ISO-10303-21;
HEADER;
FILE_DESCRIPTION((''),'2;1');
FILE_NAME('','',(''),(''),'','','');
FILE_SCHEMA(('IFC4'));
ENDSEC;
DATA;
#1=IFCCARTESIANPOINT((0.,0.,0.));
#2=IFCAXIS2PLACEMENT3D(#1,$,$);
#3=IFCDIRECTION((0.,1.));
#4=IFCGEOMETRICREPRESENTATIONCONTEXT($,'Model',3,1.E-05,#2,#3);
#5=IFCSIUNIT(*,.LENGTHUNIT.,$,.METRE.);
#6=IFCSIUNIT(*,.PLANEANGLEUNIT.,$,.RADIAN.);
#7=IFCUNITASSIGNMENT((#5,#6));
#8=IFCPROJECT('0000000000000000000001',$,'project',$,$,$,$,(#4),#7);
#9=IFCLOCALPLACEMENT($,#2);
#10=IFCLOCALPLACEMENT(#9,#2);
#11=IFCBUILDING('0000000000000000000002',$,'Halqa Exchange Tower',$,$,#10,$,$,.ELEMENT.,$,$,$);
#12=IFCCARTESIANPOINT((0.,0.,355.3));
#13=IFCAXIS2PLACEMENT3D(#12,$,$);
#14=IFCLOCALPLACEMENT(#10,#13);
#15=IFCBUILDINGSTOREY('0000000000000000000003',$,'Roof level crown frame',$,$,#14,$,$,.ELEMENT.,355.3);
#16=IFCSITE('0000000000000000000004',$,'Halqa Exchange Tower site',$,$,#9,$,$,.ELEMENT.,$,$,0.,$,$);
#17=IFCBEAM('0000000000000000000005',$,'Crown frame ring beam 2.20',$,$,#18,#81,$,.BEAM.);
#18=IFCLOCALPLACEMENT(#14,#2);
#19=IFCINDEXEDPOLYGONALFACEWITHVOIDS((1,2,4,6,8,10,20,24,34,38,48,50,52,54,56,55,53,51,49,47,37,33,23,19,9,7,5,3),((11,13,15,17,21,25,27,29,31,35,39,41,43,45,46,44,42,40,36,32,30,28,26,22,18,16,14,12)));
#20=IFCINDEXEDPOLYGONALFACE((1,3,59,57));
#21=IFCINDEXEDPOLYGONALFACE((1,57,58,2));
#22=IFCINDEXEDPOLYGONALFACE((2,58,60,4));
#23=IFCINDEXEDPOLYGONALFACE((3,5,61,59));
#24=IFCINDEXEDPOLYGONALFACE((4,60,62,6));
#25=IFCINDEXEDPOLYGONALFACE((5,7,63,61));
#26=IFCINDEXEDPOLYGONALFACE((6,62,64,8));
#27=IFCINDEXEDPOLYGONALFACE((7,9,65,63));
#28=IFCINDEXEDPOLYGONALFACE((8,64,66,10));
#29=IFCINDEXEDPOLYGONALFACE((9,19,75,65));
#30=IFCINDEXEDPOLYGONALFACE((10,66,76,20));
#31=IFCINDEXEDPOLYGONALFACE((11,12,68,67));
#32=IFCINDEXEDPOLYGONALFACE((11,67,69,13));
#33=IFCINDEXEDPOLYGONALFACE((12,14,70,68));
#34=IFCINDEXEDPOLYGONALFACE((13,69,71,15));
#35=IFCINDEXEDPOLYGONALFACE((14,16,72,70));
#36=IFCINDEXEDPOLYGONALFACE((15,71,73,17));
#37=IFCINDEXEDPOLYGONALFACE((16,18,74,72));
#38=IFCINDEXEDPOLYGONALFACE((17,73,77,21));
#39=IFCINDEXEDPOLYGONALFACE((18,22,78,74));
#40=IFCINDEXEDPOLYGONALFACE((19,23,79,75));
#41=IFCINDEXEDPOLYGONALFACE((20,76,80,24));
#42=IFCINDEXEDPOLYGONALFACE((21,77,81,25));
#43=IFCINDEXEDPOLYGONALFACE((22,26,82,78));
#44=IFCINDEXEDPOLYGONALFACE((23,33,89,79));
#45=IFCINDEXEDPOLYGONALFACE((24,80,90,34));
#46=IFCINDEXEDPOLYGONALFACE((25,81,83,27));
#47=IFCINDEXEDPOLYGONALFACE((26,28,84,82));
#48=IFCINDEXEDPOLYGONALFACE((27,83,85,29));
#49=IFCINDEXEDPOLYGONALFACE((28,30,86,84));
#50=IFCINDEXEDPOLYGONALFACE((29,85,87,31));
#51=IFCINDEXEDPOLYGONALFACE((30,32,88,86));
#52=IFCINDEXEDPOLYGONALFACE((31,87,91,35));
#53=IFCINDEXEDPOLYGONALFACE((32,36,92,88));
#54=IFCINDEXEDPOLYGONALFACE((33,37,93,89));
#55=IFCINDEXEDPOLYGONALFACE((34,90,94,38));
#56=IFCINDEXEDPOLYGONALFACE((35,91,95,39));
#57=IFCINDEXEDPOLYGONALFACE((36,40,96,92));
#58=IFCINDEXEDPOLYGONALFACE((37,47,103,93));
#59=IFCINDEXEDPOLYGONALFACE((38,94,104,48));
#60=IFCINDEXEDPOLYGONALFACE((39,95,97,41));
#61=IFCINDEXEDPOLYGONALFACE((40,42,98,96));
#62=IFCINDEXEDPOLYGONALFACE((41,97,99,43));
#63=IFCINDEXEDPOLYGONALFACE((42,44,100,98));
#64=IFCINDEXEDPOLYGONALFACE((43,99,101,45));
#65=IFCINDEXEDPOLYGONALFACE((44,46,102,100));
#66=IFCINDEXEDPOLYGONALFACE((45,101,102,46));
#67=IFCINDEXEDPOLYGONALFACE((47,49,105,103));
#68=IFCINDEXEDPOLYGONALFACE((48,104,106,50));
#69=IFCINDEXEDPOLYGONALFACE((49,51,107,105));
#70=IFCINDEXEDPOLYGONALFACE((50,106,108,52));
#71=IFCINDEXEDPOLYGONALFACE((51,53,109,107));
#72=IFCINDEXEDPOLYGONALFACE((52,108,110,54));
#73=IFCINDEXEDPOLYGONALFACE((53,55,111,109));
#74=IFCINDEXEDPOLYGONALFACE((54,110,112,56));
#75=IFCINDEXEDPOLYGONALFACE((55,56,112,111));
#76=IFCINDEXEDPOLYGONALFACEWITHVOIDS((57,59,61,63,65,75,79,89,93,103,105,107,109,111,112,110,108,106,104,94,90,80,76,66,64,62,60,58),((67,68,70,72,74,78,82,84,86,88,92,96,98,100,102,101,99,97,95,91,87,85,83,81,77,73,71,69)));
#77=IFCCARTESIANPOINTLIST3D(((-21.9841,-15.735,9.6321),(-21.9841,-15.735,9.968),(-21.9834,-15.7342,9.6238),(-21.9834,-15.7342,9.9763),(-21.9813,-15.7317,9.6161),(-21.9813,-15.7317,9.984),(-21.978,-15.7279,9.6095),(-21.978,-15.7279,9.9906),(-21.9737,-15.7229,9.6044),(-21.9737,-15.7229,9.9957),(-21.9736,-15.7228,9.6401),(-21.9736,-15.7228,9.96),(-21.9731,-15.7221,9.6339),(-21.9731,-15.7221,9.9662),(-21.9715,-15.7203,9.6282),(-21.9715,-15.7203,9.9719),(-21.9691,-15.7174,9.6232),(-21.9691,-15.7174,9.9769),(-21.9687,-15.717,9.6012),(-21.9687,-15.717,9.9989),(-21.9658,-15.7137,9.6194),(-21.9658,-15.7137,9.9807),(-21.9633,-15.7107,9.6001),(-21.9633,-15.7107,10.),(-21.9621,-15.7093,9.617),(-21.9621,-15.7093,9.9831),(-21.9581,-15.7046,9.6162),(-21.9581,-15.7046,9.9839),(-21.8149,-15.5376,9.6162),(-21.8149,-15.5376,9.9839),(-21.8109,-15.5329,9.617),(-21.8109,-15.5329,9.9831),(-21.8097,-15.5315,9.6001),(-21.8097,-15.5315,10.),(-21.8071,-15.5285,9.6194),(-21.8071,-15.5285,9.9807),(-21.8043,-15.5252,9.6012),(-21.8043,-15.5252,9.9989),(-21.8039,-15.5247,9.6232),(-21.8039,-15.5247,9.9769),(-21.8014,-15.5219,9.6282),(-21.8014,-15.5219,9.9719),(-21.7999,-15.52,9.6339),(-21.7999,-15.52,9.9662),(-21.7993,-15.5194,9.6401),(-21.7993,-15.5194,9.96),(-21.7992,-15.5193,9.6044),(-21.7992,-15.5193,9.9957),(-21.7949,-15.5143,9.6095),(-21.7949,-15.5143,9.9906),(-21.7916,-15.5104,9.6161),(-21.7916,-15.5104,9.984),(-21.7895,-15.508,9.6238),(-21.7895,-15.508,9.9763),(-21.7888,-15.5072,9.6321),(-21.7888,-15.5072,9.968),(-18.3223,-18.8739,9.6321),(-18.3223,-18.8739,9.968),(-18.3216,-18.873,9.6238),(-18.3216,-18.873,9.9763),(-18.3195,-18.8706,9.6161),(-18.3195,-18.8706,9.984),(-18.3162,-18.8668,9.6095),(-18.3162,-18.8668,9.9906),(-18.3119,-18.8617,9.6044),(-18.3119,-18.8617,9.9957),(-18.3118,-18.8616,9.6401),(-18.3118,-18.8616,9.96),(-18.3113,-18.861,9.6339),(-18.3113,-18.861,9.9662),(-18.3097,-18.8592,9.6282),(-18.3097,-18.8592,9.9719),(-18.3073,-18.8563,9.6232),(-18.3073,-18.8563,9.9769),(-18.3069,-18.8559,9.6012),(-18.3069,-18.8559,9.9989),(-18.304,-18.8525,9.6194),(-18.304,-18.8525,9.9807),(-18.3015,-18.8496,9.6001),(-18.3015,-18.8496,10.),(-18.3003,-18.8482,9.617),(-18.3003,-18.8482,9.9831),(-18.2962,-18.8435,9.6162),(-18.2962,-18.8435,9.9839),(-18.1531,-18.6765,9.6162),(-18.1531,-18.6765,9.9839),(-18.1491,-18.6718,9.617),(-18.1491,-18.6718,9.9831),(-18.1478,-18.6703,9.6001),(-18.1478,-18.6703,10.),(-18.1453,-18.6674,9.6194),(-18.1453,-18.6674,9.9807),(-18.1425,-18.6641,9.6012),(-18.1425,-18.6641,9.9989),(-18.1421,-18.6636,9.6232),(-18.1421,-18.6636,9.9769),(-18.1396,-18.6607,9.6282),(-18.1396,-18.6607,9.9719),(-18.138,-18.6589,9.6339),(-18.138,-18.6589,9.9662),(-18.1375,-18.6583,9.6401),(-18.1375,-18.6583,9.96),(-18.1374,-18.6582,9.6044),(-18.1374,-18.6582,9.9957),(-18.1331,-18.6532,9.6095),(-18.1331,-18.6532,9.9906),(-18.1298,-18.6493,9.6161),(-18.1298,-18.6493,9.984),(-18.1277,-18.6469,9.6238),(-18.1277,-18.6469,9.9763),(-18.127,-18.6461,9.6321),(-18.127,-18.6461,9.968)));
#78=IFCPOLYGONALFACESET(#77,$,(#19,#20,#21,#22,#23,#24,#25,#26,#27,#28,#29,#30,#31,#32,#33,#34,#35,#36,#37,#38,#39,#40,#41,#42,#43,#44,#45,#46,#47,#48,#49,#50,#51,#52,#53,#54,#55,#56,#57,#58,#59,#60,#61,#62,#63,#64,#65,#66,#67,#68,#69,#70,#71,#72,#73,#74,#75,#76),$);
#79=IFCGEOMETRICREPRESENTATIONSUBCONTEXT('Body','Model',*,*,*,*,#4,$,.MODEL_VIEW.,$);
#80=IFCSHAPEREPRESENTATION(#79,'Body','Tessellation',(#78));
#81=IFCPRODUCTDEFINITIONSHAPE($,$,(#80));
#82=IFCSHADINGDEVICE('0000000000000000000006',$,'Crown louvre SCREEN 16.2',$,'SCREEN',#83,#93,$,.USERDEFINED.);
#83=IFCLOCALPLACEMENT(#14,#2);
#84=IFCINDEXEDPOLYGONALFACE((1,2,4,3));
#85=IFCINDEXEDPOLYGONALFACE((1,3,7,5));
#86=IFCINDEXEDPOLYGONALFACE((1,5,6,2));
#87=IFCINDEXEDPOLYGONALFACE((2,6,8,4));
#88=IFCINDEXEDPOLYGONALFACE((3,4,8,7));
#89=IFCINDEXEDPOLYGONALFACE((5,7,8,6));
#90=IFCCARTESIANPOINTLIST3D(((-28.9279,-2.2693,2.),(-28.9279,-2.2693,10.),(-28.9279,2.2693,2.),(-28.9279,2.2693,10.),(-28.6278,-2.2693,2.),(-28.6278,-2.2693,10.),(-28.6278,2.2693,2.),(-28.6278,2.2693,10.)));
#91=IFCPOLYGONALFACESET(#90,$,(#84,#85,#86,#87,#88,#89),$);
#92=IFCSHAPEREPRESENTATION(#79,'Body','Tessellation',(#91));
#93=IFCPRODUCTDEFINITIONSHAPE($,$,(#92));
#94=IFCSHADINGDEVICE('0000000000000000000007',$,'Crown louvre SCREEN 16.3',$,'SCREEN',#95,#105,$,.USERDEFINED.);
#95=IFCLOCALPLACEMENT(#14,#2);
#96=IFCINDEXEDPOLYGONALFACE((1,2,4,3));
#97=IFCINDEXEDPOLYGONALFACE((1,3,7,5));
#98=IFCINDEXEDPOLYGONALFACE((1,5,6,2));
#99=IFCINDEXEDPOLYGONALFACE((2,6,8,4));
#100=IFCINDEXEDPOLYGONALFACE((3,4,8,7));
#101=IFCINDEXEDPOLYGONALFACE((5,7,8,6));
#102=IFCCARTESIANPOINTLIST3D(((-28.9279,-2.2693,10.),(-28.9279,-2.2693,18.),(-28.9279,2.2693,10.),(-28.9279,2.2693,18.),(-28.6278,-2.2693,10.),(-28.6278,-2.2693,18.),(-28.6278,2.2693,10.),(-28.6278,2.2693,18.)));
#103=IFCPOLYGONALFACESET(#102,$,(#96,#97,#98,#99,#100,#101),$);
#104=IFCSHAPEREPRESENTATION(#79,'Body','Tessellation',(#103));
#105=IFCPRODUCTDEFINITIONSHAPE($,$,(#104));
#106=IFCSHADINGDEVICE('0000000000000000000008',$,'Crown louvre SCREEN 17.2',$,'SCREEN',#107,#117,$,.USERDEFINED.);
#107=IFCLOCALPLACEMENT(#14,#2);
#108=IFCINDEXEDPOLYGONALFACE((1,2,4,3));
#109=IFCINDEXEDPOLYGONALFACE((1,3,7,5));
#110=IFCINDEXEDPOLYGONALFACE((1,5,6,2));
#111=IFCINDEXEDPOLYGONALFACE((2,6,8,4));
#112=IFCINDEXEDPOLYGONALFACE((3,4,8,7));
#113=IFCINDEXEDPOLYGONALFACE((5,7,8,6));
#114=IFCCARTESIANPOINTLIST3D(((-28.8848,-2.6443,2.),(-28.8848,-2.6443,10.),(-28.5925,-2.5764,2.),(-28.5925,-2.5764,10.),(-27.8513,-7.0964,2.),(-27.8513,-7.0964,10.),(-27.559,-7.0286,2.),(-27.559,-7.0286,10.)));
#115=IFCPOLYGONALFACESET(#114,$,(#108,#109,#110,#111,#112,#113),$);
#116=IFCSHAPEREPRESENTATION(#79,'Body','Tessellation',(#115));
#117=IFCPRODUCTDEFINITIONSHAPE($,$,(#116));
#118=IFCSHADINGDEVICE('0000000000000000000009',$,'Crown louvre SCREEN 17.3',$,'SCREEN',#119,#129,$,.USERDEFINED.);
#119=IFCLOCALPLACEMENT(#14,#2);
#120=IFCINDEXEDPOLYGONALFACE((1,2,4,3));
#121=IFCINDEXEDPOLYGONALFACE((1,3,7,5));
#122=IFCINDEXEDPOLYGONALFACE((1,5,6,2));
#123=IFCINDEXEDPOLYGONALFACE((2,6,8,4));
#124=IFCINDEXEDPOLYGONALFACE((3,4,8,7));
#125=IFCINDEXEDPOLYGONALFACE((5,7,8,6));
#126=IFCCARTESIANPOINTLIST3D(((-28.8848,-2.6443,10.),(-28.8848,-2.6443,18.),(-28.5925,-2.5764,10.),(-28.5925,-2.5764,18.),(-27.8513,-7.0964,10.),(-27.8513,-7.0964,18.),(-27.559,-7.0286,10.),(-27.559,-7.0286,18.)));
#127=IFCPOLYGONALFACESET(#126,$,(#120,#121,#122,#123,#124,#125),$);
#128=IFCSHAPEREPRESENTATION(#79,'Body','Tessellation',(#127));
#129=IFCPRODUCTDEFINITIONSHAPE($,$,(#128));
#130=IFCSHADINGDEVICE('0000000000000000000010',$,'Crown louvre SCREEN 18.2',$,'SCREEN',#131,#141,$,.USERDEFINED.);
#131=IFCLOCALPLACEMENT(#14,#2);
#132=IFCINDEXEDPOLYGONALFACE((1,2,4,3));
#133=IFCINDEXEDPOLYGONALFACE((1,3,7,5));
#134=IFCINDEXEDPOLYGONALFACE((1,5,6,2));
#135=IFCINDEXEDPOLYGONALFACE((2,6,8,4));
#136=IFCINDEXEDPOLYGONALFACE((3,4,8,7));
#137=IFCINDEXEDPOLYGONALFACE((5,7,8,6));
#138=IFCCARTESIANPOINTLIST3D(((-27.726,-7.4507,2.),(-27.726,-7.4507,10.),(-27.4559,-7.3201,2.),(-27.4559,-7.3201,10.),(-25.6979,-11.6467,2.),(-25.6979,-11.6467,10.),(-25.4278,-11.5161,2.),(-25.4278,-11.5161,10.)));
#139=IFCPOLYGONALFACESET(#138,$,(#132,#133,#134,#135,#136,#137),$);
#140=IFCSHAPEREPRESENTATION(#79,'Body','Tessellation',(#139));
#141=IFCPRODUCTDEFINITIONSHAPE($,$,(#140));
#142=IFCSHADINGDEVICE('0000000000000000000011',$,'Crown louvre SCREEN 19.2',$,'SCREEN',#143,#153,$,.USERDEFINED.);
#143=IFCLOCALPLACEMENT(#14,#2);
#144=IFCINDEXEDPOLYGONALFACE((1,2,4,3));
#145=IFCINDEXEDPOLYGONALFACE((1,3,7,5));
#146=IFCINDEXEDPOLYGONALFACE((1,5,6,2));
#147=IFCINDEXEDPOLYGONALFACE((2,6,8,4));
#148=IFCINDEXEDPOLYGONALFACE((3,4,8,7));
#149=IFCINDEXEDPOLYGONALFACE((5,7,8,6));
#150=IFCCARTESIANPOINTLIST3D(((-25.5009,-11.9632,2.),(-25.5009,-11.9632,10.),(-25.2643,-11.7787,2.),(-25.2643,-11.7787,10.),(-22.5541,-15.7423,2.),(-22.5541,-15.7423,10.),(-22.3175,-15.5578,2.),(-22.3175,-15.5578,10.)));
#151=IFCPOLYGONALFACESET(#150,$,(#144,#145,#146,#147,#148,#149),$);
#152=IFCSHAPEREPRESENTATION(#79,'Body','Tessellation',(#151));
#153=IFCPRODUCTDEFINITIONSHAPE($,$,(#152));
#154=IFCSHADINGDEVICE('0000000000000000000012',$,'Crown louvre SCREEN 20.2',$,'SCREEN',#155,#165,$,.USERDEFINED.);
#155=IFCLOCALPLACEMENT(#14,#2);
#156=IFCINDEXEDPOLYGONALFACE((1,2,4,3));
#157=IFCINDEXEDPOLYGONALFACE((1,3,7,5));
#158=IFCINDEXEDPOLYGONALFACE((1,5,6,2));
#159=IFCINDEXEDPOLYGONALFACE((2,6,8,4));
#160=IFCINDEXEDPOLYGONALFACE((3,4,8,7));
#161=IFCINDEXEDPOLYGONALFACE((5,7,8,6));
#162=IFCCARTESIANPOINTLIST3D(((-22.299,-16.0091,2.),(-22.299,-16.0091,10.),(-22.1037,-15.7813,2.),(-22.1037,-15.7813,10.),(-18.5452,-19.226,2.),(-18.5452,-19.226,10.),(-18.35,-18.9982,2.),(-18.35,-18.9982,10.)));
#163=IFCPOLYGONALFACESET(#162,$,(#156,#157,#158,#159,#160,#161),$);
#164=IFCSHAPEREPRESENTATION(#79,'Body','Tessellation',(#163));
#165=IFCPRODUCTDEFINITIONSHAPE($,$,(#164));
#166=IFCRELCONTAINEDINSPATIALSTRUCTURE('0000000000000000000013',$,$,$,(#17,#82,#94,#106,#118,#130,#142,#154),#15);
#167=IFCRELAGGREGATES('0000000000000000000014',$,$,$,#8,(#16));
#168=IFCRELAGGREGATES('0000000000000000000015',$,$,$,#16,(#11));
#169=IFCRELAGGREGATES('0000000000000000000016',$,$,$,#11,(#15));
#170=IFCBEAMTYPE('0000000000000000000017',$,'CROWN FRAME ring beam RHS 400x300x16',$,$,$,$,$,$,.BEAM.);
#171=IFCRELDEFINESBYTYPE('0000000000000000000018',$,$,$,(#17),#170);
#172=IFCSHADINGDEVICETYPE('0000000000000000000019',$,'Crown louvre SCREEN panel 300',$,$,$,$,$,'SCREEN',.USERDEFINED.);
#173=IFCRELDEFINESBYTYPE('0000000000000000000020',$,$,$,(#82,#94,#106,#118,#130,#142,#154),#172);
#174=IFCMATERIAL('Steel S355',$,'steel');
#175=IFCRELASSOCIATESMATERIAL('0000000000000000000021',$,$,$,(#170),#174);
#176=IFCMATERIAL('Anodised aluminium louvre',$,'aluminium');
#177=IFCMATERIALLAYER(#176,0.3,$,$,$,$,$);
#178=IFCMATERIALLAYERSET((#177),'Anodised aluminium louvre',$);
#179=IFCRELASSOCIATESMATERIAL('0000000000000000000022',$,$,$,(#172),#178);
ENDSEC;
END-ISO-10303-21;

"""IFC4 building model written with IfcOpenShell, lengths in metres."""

from ifc_helpers import new_model, si_unit, direction, frame, origin, origin_2d, place, context, subcontext, project, spatial, rectangle, hollow_rectangle, extrude, material, layer, layer_set, material_profile, profile_set, type_object, element, save


model = new_model("IFC4")

# Units and contexts
model_context = context("Model", 3, precision=1e-05, world=origin(), true_north=direction((0.0, 1.0)))
body_context = subcontext(model_context, "Body", "Model", "MODEL_VIEW")
ifc_project = project(units=[si_unit("LENGTHUNIT", "METRE"), si_unit("PLANEANGLEUNIT", "RADIAN")], contexts=[model_context])

# Site, building, storey
site_placement = place(None, origin())
site = spatial("IfcSite", under=ifc_project, at=site_placement, Name="Halqa Exchange Tower site", CompositionType="ELEMENT", RefElevation=0.0)
building_placement = place(site_placement, origin())
building = spatial("IfcBuilding", under=site, at=building_placement, Name="Halqa Exchange Tower", CompositionType="ELEMENT")
storey_placement = place(building_placement, frame((0.0, 0.0, 355.3)))
storey = spatial("IfcBuildingStorey", under=building, at=storey_placement, Name="Roof level crown frame", CompositionType="ELEMENT", Elevation=355.3)

# Shared definitions
ifc_material_1 = material(Name="Steel S355", Category="steel")

# Beam
ifc_material_profile_1 = material_profile(ifc_material_1, hollow_rectangle(XDim=0.3, YDim=0.3999, WallThickness=0.0161, InnerFilletRadius=0.0239, OuterFilletRadius=0.032, at=origin_2d()), Name="RHS 400x300x16")
ifc_profile_set_1 = profile_set([ifc_material_profile_1], Name="Steel S355")
beam_type = type_object("IfcBeamType", Name="CROWN FRAME ring beam RHS 400x300x16", PredefinedType="BEAM", material=ifc_profile_set_1)
beam_1_placement = place(storey_placement, frame((-21.8865, -15.6211, 9.8), z_axis=(0.759239, -0.650812, 0.0), x_axis=(0.650812, 0.759239, 0.0)))
element("IfcBeam", 1, at=beam_1_placement, inside=storey, type_object=beam_type, Name="Crown frame ring beam 2.20", PredefinedType="BEAM", context=body_context, shape_type="SweptSolid", body=[
    extrude(hollow_rectangle(XDim=0.3, YDim=0.3999, WallThickness=0.0161, InnerFilletRadius=0.0239, OuterFilletRadius=0.032, at=origin_2d()), origin(), (0.0, 0.0, 1.0), 4.823),
])

# Shading devices
ifc_material_2 = material(Name="Anodised aluminium louvre", Category="aluminium")
ifc_layer = layer(ifc_material_2, 0.3)
ifc_layer_set = layer_set([ifc_layer], Name="Anodised aluminium louvre")
shading_device_type = type_object("IfcShadingDeviceType", Name="Crown louvre SCREEN panel 300", ElementType="SCREEN", PredefinedType="USERDEFINED", material=ifc_layer_set)
for number, where, z_axis, x_axis, name in (
    (2, (-28.7778, 0.0, 2.0), (0.0, 0.0, 1.0), (0.0, -1.0, 0.0), "Crown louvre SCREEN 16.2"),
    (3, (-28.7778, 0.0, 10.0), (0.0, 0.0, 1.0), (0.0, -1.0, 0.0), "Crown louvre SCREEN 16.3"),
):
    element("IfcShadingDevice", number, at=place(storey_placement, frame(where, z_axis=z_axis, x_axis=x_axis)), inside=storey, type_object=shading_device_type, Name=name, ObjectType="SCREEN", PredefinedType="USERDEFINED", context=body_context, shape_type="SweptSolid", body=[
        extrude(rectangle(XDim=4.5386, YDim=0.3, at=origin_2d()), origin(), (0.0, 0.0, 1.0), 8.0),
    ])
for number, where, z_axis, x_axis, name in (
    (4, (-28.2219, -4.8364, 2.0), (0.0, 0.0, 1.0), (0.226121, -0.974099, 0.0), "Crown louvre SCREEN 17.2"),
    (5, (-28.2219, -4.8364, 10.0), (0.0, 0.0, 1.0), (0.226121, -0.974099, 0.0), "Crown louvre SCREEN 17.3"),
):
    element("IfcShadingDevice", number, at=place(storey_placement, frame(where, z_axis=z_axis, x_axis=x_axis)), inside=storey, type_object=shading_device_type, Name=name, ObjectType="SCREEN", PredefinedType="USERDEFINED", context=body_context, shape_type="SweptSolid", body=[
        extrude(rectangle(XDim=4.5706, YDim=0.3, at=origin_2d()), origin(), (0.0, 0.0, 1.0), 8.0),
    ])
shading_device_1_placement = place(storey_placement, frame((-26.5769, -9.4834, 2.0), z_axis=(0.0, 0.0, 1.0), x_axis=(0.435179, -0.900344, 0.0)))
element("IfcShadingDevice", 6, at=shading_device_1_placement, inside=storey, type_object=shading_device_type, Name="Crown louvre SCREEN 18.2", ObjectType="SCREEN", PredefinedType="USERDEFINED", context=body_context, shape_type="SweptSolid", body=[
    extrude(rectangle(XDim=4.6604, YDim=0.3, at=origin_2d()), origin(), (0.0, 0.0, 1.0), 8.0),
])
shading_device_2_placement = place(storey_placement, frame((-23.9092, -13.7605, 2.0), z_axis=(0.0, 0.0, 1.0), x_axis=(0.614908, -0.788599, 0.0)))
element("IfcShadingDevice", 7, at=shading_device_2_placement, inside=storey, type_object=shading_device_type, Name="Crown louvre SCREEN 19.2", ObjectType="SCREEN", PredefinedType="USERDEFINED", context=body_context, shape_type="SweptSolid", body=[
    extrude(rectangle(XDim=4.7922, YDim=0.3, at=origin_2d()), origin(), (0.0, 0.0, 1.0), 8.0),
])
shading_device_3_placement = place(storey_placement, frame((-20.3245, -17.5037, 2.0), z_axis=(0.0, 0.0, 1.0), x_axis=(0.759318, -0.65072, 0.0)))
element("IfcShadingDevice", 8, at=shading_device_3_placement, inside=storey, type_object=shading_device_type, Name="Crown louvre SCREEN 20.2", ObjectType="SCREEN", PredefinedType="USERDEFINED", context=body_context, shape_type="SweptSolid", body=[
    extrude(rectangle(XDim=4.9436, YDim=0.3, at=origin_2d()), origin(), (0.0, 0.0, 1.0), 8.0),
])

save(model, "model.ifc")
